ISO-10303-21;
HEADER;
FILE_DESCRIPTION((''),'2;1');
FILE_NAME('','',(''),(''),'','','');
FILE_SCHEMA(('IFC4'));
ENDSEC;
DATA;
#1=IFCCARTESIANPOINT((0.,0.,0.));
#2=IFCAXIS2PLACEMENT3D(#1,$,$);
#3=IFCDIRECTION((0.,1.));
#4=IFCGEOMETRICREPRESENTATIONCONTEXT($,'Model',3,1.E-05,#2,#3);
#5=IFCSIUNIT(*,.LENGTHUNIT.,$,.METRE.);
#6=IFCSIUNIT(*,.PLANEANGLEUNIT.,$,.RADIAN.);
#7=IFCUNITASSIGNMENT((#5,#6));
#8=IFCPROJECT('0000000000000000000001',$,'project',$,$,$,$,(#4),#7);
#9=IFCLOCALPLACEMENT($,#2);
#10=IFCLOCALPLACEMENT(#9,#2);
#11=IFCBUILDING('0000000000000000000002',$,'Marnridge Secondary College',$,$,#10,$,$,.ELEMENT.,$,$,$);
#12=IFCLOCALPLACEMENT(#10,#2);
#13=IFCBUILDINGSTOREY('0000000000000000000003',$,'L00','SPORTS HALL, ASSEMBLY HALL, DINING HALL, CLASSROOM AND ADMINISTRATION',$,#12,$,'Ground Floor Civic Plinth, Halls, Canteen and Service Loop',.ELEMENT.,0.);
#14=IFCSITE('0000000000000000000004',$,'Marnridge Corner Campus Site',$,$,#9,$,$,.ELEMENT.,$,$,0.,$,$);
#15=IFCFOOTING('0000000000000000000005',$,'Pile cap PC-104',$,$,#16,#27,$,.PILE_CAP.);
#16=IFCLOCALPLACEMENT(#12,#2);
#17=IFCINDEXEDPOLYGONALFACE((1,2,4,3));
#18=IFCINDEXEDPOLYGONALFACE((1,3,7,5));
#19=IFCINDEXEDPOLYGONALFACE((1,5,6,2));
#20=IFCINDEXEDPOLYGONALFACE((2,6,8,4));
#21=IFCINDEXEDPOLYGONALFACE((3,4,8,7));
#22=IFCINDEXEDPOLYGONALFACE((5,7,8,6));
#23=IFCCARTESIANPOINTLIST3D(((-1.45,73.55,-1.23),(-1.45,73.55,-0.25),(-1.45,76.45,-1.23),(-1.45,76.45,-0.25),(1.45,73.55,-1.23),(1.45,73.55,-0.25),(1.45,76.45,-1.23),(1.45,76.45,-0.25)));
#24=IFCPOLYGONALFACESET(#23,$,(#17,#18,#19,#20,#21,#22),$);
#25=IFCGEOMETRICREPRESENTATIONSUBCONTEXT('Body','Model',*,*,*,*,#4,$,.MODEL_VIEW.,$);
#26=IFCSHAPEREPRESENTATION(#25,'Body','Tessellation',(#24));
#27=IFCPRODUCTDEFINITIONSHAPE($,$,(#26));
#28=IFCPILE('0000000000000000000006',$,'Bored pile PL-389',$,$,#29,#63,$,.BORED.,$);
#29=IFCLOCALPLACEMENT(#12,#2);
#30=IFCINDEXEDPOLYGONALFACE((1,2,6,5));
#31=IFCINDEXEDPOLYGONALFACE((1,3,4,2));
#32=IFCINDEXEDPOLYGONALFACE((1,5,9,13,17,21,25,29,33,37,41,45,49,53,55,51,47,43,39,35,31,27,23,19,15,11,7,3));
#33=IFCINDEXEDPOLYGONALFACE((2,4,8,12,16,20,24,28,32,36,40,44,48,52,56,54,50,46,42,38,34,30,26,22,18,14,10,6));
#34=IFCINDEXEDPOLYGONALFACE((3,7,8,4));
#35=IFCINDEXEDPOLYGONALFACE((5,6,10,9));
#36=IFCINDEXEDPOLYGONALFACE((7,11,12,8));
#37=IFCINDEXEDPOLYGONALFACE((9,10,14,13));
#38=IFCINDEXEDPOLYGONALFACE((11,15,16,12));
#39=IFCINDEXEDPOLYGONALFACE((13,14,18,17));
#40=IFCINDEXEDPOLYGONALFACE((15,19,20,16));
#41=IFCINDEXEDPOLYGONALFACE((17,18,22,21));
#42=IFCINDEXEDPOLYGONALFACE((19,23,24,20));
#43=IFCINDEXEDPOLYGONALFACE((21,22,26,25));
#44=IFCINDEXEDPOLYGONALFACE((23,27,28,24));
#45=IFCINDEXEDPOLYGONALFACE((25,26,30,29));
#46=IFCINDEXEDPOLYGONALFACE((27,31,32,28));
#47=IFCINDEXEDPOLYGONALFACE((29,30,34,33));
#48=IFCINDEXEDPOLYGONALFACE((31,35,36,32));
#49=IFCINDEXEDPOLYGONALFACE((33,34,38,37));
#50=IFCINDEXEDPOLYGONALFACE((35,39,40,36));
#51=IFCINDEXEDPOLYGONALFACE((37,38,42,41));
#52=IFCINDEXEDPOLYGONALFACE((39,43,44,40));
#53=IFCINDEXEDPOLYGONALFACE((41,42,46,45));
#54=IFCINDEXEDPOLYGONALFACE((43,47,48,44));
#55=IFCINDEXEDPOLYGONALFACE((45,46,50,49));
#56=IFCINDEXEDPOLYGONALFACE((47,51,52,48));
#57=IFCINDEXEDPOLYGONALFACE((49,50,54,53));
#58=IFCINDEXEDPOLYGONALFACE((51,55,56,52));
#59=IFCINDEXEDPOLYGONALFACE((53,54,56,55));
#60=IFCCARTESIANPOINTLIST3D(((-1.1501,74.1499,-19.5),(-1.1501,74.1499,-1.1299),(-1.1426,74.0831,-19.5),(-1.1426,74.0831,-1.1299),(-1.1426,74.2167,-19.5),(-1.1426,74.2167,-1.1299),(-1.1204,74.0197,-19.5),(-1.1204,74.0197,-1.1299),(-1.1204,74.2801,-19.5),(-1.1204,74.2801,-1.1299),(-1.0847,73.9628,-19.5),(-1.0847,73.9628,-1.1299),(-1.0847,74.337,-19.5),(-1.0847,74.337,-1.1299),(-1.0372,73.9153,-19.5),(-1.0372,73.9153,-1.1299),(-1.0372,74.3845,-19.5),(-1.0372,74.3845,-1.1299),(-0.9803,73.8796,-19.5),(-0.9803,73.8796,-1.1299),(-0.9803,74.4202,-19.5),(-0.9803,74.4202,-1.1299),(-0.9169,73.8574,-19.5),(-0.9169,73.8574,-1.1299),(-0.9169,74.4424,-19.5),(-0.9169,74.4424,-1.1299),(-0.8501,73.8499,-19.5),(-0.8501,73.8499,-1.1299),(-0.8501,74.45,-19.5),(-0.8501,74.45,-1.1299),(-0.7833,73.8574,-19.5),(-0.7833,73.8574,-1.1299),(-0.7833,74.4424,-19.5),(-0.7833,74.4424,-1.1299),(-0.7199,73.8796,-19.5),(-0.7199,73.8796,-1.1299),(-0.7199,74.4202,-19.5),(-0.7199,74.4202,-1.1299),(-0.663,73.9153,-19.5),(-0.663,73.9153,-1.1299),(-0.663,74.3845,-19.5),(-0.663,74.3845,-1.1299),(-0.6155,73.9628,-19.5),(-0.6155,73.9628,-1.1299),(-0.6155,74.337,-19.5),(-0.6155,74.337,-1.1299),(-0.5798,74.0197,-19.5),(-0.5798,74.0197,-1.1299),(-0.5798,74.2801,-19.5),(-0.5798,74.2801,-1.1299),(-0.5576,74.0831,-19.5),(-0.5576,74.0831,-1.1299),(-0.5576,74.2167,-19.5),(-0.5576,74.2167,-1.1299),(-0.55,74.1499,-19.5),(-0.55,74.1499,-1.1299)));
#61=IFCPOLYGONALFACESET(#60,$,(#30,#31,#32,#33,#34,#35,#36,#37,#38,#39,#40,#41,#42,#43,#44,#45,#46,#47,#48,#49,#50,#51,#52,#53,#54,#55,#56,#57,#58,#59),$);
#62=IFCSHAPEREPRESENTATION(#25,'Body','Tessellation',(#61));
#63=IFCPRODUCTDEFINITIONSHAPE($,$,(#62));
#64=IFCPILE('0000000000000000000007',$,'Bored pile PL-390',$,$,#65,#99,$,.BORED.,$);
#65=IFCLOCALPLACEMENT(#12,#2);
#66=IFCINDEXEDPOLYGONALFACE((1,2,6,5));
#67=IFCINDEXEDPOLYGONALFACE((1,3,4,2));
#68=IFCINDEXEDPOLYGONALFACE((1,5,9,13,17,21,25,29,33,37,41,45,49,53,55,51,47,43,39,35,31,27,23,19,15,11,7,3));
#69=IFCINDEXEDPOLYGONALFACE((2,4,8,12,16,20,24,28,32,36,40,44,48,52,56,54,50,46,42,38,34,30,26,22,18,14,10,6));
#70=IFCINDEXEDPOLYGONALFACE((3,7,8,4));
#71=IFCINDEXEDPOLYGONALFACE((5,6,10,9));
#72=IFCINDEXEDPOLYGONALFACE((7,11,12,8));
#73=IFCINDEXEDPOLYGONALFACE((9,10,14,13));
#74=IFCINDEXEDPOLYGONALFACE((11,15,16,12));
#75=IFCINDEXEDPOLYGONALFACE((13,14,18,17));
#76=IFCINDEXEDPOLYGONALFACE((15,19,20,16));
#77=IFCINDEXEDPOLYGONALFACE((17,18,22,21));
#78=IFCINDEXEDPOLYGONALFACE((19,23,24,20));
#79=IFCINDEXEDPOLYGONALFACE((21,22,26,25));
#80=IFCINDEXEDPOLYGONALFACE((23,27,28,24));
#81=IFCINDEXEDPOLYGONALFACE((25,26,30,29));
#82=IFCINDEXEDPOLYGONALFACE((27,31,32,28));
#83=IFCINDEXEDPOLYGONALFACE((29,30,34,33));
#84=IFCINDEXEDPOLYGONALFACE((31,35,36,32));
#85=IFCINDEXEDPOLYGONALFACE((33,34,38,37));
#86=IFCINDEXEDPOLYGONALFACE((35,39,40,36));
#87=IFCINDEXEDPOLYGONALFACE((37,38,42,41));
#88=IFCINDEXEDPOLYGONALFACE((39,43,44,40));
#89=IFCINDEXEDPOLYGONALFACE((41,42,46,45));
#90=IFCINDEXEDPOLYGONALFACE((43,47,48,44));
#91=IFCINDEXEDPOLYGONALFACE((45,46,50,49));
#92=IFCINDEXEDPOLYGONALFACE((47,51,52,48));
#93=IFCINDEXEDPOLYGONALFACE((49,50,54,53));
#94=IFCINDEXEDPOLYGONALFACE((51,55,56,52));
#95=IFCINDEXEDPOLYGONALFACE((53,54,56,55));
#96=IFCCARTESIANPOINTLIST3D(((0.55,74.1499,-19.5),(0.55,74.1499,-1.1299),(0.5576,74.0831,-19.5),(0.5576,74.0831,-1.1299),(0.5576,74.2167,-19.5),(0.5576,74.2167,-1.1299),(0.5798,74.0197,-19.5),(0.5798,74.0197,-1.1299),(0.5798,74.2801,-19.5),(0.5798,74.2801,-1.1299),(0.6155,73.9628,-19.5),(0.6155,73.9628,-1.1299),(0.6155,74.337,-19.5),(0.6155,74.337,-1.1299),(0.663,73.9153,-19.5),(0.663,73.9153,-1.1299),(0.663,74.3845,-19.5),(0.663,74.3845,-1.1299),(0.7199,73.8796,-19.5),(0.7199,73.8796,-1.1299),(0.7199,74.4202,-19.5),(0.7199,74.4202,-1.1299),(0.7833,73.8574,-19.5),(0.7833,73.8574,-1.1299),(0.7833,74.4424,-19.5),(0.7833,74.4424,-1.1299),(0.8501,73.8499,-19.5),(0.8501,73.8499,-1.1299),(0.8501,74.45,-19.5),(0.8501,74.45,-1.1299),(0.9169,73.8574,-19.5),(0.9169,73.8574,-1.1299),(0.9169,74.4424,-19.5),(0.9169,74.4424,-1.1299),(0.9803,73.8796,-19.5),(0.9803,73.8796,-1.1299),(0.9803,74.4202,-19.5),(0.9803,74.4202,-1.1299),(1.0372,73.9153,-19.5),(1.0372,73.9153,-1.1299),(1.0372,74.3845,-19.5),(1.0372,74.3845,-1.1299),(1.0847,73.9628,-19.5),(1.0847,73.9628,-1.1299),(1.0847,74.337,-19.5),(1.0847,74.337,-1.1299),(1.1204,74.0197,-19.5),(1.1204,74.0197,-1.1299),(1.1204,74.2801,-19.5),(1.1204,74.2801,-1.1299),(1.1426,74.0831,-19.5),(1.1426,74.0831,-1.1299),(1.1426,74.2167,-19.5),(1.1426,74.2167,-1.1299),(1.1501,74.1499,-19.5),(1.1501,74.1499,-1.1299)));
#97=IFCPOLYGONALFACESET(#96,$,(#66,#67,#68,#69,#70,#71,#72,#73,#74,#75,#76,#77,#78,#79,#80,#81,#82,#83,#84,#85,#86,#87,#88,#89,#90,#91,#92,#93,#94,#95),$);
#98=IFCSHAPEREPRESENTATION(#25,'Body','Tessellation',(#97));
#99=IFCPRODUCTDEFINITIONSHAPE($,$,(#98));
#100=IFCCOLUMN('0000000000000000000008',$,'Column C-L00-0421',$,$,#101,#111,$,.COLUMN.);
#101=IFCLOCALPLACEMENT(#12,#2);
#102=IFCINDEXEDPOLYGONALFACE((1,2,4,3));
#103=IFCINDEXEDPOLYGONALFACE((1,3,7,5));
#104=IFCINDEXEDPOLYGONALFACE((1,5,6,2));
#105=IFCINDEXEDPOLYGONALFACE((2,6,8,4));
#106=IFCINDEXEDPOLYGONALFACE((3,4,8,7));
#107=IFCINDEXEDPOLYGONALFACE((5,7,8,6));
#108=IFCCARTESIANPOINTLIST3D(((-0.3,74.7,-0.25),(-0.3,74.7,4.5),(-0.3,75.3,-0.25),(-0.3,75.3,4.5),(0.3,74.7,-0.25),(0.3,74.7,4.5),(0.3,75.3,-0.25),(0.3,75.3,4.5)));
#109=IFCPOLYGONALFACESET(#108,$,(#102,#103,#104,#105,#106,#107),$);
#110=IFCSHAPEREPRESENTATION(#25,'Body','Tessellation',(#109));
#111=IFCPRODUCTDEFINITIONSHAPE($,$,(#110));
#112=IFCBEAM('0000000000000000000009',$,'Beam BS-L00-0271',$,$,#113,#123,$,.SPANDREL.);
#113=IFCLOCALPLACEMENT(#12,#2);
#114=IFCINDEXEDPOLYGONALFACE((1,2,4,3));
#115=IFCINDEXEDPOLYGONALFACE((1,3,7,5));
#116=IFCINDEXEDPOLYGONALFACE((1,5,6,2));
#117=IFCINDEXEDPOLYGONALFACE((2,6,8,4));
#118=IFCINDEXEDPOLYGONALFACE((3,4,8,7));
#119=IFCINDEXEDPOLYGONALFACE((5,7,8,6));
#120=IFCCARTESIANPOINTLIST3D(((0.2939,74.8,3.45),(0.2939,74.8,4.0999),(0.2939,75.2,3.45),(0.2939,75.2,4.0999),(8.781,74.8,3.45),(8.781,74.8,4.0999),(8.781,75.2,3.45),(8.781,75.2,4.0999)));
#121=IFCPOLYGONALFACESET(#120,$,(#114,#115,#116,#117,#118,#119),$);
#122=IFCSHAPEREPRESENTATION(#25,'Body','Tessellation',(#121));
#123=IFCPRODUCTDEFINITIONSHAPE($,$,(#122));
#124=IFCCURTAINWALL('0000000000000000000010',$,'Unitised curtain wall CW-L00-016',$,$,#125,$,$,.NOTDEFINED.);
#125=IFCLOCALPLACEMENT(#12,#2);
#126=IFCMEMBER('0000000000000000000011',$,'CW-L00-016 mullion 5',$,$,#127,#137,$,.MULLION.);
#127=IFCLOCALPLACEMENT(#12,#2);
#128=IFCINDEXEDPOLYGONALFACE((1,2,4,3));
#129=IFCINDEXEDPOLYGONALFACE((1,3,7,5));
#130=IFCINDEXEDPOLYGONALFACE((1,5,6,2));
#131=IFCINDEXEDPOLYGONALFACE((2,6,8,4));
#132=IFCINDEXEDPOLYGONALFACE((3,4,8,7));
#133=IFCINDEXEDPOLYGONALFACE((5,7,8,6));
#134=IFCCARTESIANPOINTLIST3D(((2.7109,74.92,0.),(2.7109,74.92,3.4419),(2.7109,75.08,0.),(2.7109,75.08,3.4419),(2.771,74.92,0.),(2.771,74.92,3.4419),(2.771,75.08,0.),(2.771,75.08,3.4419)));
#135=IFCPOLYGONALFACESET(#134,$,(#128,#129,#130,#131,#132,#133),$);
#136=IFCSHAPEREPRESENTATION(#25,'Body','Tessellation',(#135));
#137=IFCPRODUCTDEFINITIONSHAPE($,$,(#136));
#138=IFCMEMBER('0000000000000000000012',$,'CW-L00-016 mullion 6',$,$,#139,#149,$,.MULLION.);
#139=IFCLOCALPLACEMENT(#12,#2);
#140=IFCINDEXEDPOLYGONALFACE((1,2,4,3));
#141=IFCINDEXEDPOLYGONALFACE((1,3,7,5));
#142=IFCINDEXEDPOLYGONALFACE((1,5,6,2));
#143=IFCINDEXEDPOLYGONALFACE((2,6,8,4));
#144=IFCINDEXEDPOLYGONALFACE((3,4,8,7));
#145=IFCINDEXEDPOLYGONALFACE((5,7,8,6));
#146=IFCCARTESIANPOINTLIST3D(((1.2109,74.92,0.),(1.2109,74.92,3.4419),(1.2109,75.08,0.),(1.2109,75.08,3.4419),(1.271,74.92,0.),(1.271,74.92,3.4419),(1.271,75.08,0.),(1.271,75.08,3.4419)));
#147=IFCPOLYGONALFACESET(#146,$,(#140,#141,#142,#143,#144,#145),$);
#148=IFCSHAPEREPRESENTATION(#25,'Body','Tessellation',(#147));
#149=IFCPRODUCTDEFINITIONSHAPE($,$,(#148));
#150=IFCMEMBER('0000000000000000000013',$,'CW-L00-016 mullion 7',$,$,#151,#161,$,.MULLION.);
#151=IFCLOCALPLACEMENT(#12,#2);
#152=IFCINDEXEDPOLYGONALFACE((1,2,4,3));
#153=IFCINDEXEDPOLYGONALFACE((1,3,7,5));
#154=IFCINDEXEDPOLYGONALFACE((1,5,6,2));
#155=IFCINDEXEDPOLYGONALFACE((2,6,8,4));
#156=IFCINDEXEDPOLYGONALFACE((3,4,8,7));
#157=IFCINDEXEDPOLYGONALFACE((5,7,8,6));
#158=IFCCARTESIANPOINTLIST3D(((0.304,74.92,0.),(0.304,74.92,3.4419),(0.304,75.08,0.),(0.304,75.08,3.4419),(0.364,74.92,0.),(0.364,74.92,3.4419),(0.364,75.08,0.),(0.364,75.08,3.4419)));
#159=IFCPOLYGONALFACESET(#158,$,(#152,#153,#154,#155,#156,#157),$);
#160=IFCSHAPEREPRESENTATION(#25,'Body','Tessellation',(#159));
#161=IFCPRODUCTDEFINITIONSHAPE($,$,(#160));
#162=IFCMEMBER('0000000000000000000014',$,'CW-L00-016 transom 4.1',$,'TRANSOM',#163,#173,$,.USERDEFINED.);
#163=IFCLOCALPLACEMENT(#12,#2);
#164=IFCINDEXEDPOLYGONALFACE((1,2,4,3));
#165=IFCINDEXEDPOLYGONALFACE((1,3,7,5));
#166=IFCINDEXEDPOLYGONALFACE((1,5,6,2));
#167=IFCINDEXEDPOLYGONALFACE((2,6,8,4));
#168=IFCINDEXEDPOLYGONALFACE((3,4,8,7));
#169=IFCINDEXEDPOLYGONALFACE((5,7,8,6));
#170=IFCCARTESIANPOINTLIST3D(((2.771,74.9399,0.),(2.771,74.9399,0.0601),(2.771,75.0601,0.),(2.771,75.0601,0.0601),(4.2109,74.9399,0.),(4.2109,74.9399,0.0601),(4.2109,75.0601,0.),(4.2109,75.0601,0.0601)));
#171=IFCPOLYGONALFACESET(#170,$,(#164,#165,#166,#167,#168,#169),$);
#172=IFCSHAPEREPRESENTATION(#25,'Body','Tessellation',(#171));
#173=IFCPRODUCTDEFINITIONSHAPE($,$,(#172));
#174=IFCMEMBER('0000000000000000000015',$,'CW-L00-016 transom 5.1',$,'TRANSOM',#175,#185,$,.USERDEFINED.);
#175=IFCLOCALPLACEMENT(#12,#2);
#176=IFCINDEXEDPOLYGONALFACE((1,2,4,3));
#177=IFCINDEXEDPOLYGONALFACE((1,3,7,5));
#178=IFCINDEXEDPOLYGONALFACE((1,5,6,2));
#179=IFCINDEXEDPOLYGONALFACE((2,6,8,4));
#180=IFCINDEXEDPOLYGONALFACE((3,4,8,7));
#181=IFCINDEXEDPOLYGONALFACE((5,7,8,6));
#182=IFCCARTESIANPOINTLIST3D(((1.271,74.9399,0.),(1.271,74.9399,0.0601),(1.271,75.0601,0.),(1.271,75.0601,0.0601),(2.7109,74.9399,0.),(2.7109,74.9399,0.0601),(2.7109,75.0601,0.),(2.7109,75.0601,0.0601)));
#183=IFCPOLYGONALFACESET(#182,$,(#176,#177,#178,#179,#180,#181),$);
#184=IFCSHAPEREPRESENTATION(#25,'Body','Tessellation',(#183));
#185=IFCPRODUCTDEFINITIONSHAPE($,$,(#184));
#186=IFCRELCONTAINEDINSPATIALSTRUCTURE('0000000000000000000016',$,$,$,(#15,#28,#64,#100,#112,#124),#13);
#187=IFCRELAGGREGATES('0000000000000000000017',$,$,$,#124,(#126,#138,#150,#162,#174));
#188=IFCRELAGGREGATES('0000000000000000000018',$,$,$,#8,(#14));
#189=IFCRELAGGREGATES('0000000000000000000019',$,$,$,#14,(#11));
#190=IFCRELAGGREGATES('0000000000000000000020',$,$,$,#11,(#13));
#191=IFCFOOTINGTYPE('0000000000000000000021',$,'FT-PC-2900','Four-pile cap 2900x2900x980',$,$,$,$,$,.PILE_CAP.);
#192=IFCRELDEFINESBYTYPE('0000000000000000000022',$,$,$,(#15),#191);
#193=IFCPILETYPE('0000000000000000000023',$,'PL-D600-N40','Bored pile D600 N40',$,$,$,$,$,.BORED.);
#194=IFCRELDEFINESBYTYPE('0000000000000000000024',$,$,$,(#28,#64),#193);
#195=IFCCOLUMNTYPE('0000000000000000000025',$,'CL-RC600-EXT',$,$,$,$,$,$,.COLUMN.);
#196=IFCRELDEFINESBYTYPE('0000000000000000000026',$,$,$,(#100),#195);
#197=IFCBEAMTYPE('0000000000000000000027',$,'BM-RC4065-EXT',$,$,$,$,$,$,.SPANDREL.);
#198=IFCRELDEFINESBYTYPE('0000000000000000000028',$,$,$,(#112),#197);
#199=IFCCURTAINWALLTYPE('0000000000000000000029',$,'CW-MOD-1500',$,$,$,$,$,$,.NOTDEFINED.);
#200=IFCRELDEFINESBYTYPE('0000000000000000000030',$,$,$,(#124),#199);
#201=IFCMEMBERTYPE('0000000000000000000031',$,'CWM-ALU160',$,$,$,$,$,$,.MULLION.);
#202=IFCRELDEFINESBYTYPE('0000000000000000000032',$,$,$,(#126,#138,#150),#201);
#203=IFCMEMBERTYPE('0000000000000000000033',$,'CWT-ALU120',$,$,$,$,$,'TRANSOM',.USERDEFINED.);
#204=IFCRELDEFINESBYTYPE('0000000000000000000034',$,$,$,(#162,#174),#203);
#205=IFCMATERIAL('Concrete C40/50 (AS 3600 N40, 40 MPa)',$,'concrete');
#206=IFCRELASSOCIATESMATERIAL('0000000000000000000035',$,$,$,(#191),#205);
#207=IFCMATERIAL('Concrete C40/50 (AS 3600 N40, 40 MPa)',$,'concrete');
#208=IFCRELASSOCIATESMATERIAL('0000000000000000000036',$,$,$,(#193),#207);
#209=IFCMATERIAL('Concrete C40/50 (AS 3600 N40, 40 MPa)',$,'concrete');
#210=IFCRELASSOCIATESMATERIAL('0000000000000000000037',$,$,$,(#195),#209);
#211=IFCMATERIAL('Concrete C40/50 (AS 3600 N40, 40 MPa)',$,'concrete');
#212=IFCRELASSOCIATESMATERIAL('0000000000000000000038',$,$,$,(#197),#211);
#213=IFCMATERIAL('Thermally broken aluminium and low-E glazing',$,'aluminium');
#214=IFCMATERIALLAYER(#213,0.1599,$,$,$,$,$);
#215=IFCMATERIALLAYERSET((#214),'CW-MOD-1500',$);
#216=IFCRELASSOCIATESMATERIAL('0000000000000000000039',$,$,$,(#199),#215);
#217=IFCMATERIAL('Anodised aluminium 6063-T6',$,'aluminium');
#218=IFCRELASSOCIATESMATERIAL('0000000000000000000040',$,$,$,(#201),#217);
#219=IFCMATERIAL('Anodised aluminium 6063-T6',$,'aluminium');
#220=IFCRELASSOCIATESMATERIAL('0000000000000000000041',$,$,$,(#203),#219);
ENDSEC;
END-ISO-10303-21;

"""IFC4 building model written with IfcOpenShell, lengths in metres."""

from ifc_helpers import new_model, si_unit, direction, frame, origin, origin_2d, place, context, subcontext, project, spatial, rectangle, circle, extrude, material, layer, layer_set, material_profile, profile_set, type_object, element, aggregate, save


model = new_model("IFC4")

# Units and contexts
model_context = context("Model", 3, precision=1e-05, world=origin(), true_north=direction((0.0, 1.0)))
body_context = subcontext(model_context, "Body", "Model", "MODEL_VIEW")
ifc_project = project(units=[si_unit("LENGTHUNIT", "METRE"), si_unit("PLANEANGLEUNIT", "RADIAN")], contexts=[model_context])

# Site, building, storey
site_placement = place(None, origin())
site = spatial("IfcSite", under=ifc_project, at=site_placement, Name="Marnridge Corner Campus Site", CompositionType="ELEMENT", RefElevation=0.0)
building_placement = place(site_placement, origin())
building = spatial("IfcBuilding", under=site, at=building_placement, Name="Marnridge Secondary College", CompositionType="ELEMENT")
storey_placement = place(building_placement, origin())
storey = spatial("IfcBuildingStorey", under=building, at=storey_placement, Name="L00", Description="SPORTS HALL, ASSEMBLY HALL, DINING HALL, CLASSROOM AND ADMINISTRATION", LongName="Ground Floor Civic Plinth, Halls, Canteen and Service Loop", CompositionType="ELEMENT", Elevation=0.0)

# Footing
ifc_material_1 = material(Name="Concrete C40/50 (AS 3600 N40, 40 MPa)", Category="concrete")
footing_type = type_object("IfcFootingType", Name="FT-PC-2900", Description="Four-pile cap 2900x2900x980", PredefinedType="PILE_CAP", material=ifc_material_1)
footing_placement = place(storey_placement, frame((0.0, 75.0, -1.23), z_axis=(0.0, 0.0, 1.0), x_axis=(1.0, 0.0, 0.0)))
element("IfcFooting", 1, at=footing_placement, inside=storey, type_object=footing_type, Name="Pile cap PC-104", PredefinedType="PILE_CAP", context=body_context, shape_type="SweptSolid", body=[
    extrude(rectangle(XDim=2.8999, YDim=2.8999, at=origin_2d()), origin(), (0.0, 0.0, 1.0), 0.98),
])

# Piles
ifc_material_2 = material(Name="Concrete C40/50 (AS 3600 N40, 40 MPa)", Category="concrete")
ifc_material_profile_1 = material_profile(ifc_material_2, circle(Radius=0.3, at=origin_2d()), Name="PILE D600")
ifc_profile_set_1 = profile_set([ifc_material_profile_1], Name="Concrete C40/50 (AS 3600 N40, 40 MPa)")
pile_type = type_object("IfcPileType", Name="PL-D600-N40", Description="Bored pile D600 N40", PredefinedType="BORED", material=ifc_profile_set_1)
for number, where, z_axis, x_axis, name in (
    (2, (-0.8501, 74.1499, -1.1299), (0.0, 0.0, -1.0), (1.0, 0.0, 0.0), "Bored pile PL-389"),
    (3, (0.8501, 74.1499, -1.1299), (0.0, 0.0, -1.0), (1.0, 0.0, 0.0), "Bored pile PL-390"),
):
    element("IfcPile", number, at=place(storey_placement, frame(where, z_axis=z_axis, x_axis=x_axis)), inside=storey, type_object=pile_type, Name=name, PredefinedType="BORED", context=body_context, shape_type="SweptSolid", body=[
        extrude(circle(Radius=0.3, at=origin_2d()), origin(), (0.0, 0.0, 1.0), 18.3701),
    ])

# Column
ifc_material_3 = material(Name="Concrete C40/50 (AS 3600 N40, 40 MPa)", Category="concrete")
ifc_material_profile_2 = material_profile(ifc_material_3, rectangle(XDim=0.6001, YDim=0.6001, at=origin_2d()), Name="RC 600x600")
ifc_profile_set_2 = profile_set([ifc_material_profile_2], Name="Concrete C40/50 (AS 3600 N40, 40 MPa)")
column_type = type_object("IfcColumnType", Name="CL-RC600-EXT", PredefinedType="COLUMN", material=ifc_profile_set_2)
column_placement = place(storey_placement, frame((0.0, 75.0, -0.25), z_axis=(0.0, 0.0, 1.0), x_axis=(1.0, 0.0, 0.0)))
element("IfcColumn", 4, at=column_placement, inside=storey, type_object=column_type, Name="Column C-L00-0421", PredefinedType="COLUMN", context=body_context, shape_type="SweptSolid", body=[
    extrude(rectangle(XDim=0.6001, YDim=0.6001, at=origin_2d()), origin(), (0.0, 0.0, 1.0), 4.75),
])

# Beam
ifc_material_4 = material(Name="Concrete C40/50 (AS 3600 N40, 40 MPa)", Category="concrete")
ifc_material_profile_3 = material_profile(ifc_material_4, rectangle(XDim=0.3999, YDim=0.6499, at=origin_2d()), Name="RC 400x650")
ifc_profile_set_3 = profile_set([ifc_material_profile_3], Name="Concrete C40/50 (AS 3600 N40, 40 MPa)")
beam_type = type_object("IfcBeamType", Name="BM-RC4065-EXT", PredefinedType="SPANDREL", material=ifc_profile_set_3)
beam_placement = place(storey_placement, frame((0.2939, 75.0, 3.7749), z_axis=(1.0, 0.0, 0.0), x_axis=(0.0, 1.0, 0.0)))
element("IfcBeam", 5, at=beam_placement, inside=storey, type_object=beam_type, Name="Beam BS-L00-0271", PredefinedType="SPANDREL", context=body_context, shape_type="SweptSolid", body=[
    extrude(rectangle(XDim=0.3999, YDim=0.6499, at=origin_2d()), origin(), (0.0, 0.0, 1.0), 8.4871),
])

# Curtain wall, members
ifc_material_5 = material(Name="Thermally broken aluminium and low-E glazing", Category="aluminium")
ifc_layer_1 = layer(ifc_material_5, 0.1599)
ifc_layer_set_1 = layer_set([ifc_layer_1], Name="CW-MOD-1500")
curtain_wall_type = type_object("IfcCurtainWallType", Name="CW-MOD-1500", PredefinedType="NOTDEFINED", material=ifc_layer_set_1)
curtain_wall_placement = place(storey_placement, origin())
curtain_wall = element("IfcCurtainWall", 6, at=curtain_wall_placement, inside=storey, type_object=curtain_wall_type, Name="Unitised curtain wall CW-L00-016", PredefinedType="NOTDEFINED")
ifc_material_6 = material(Name="Anodised aluminium 6063-T6", Category="aluminium")
ifc_material_profile_4 = material_profile(ifc_material_6, rectangle(XDim=0.0601, YDim=0.1599, at=origin_2d()), Name="ALU 60x160")
ifc_profile_set_4 = profile_set([ifc_material_profile_4], Name="Anodised aluminium 6063-T6")
member_type_1 = type_object("IfcMemberType", Name="CWM-ALU160", PredefinedType="MULLION", material=ifc_profile_set_4)
member_1_placement = place(storey_placement, frame((2.741, 75.0, 0.0), z_axis=(0.0, 0.0, 1.0), x_axis=(-1.0, 0.0, 0.0)))
member_1 = element("IfcMember", 7, at=member_1_placement, type_object=member_type_1, Name="CW-L00-016 mullion 5", PredefinedType="MULLION", context=body_context, shape_type="SweptSolid", body=[
    extrude(rectangle(XDim=0.0601, YDim=0.1599, at=origin_2d()), origin(), (0.0, 0.0, 1.0), 3.4419),
])
member_2_placement = place(storey_placement, frame((1.241, 75.0, 0.0), z_axis=(0.0, 0.0, 1.0), x_axis=(-1.0, 0.0, 0.0)))
member_2 = element("IfcMember", 8, at=member_2_placement, type_object=member_type_1, Name="CW-L00-016 mullion 6", PredefinedType="MULLION", context=body_context, shape_type="SweptSolid", body=[
    extrude(rectangle(XDim=0.0601, YDim=0.1599, at=origin_2d()), origin(), (0.0, 0.0, 1.0), 3.4419),
])
member_3_placement = place(storey_placement, frame((0.334, 75.0, 0.0), z_axis=(0.0, 0.0, 1.0), x_axis=(-1.0, 0.0, 0.0)))
member_3 = element("IfcMember", 9, at=member_3_placement, type_object=member_type_1, Name="CW-L00-016 mullion 7", PredefinedType="MULLION", context=body_context, shape_type="SweptSolid", body=[
    extrude(rectangle(XDim=0.0601, YDim=0.1599, at=origin_2d()), origin(), (0.0, 0.0, 1.0), 3.4419),
])
ifc_material_7 = material(Name="Anodised aluminium 6063-T6", Category="aluminium")
ifc_material_profile_5 = material_profile(ifc_material_7, rectangle(XDim=0.0601, YDim=0.1201, at=origin_2d()), Name="ALU 60x120")
ifc_profile_set_5 = profile_set([ifc_material_profile_5], Name="Anodised aluminium 6063-T6")
member_type_2 = type_object("IfcMemberType", Name="CWT-ALU120", ElementType="TRANSOM", PredefinedType="USERDEFINED", material=ifc_profile_set_5)
member_4_placement = place(storey_placement, frame((4.2109, 75.0, 0.03), z_axis=(-1.0, 0.0, 0.0), x_axis=(0.0, 0.0, 1.0)))
member_4 = element("IfcMember", 10, at=member_4_placement, type_object=member_type_2, Name="CW-L00-016 transom 4.1", ObjectType="TRANSOM", PredefinedType="USERDEFINED", context=body_context, shape_type="SweptSolid", body=[
    extrude(rectangle(XDim=0.0601, YDim=0.1201, at=origin_2d()), origin(), (0.0, 0.0, 1.0), 1.4399),
])
member_5_placement = place(storey_placement, frame((2.7109, 75.0, 0.03), z_axis=(-1.0, 0.0, 0.0), x_axis=(0.0, 0.0, 1.0)))
member_5 = element("IfcMember", 11, at=member_5_placement, type_object=member_type_2, Name="CW-L00-016 transom 5.1", ObjectType="TRANSOM", PredefinedType="USERDEFINED", context=body_context, shape_type="SweptSolid", body=[
    extrude(rectangle(XDim=0.0601, YDim=0.1201, at=origin_2d()), origin(), (0.0, 0.0, 1.0), 1.4399),
])
aggregate(curtain_wall, [member_1, member_2, member_3, member_4, member_5])

save(model, "model.ifc")
